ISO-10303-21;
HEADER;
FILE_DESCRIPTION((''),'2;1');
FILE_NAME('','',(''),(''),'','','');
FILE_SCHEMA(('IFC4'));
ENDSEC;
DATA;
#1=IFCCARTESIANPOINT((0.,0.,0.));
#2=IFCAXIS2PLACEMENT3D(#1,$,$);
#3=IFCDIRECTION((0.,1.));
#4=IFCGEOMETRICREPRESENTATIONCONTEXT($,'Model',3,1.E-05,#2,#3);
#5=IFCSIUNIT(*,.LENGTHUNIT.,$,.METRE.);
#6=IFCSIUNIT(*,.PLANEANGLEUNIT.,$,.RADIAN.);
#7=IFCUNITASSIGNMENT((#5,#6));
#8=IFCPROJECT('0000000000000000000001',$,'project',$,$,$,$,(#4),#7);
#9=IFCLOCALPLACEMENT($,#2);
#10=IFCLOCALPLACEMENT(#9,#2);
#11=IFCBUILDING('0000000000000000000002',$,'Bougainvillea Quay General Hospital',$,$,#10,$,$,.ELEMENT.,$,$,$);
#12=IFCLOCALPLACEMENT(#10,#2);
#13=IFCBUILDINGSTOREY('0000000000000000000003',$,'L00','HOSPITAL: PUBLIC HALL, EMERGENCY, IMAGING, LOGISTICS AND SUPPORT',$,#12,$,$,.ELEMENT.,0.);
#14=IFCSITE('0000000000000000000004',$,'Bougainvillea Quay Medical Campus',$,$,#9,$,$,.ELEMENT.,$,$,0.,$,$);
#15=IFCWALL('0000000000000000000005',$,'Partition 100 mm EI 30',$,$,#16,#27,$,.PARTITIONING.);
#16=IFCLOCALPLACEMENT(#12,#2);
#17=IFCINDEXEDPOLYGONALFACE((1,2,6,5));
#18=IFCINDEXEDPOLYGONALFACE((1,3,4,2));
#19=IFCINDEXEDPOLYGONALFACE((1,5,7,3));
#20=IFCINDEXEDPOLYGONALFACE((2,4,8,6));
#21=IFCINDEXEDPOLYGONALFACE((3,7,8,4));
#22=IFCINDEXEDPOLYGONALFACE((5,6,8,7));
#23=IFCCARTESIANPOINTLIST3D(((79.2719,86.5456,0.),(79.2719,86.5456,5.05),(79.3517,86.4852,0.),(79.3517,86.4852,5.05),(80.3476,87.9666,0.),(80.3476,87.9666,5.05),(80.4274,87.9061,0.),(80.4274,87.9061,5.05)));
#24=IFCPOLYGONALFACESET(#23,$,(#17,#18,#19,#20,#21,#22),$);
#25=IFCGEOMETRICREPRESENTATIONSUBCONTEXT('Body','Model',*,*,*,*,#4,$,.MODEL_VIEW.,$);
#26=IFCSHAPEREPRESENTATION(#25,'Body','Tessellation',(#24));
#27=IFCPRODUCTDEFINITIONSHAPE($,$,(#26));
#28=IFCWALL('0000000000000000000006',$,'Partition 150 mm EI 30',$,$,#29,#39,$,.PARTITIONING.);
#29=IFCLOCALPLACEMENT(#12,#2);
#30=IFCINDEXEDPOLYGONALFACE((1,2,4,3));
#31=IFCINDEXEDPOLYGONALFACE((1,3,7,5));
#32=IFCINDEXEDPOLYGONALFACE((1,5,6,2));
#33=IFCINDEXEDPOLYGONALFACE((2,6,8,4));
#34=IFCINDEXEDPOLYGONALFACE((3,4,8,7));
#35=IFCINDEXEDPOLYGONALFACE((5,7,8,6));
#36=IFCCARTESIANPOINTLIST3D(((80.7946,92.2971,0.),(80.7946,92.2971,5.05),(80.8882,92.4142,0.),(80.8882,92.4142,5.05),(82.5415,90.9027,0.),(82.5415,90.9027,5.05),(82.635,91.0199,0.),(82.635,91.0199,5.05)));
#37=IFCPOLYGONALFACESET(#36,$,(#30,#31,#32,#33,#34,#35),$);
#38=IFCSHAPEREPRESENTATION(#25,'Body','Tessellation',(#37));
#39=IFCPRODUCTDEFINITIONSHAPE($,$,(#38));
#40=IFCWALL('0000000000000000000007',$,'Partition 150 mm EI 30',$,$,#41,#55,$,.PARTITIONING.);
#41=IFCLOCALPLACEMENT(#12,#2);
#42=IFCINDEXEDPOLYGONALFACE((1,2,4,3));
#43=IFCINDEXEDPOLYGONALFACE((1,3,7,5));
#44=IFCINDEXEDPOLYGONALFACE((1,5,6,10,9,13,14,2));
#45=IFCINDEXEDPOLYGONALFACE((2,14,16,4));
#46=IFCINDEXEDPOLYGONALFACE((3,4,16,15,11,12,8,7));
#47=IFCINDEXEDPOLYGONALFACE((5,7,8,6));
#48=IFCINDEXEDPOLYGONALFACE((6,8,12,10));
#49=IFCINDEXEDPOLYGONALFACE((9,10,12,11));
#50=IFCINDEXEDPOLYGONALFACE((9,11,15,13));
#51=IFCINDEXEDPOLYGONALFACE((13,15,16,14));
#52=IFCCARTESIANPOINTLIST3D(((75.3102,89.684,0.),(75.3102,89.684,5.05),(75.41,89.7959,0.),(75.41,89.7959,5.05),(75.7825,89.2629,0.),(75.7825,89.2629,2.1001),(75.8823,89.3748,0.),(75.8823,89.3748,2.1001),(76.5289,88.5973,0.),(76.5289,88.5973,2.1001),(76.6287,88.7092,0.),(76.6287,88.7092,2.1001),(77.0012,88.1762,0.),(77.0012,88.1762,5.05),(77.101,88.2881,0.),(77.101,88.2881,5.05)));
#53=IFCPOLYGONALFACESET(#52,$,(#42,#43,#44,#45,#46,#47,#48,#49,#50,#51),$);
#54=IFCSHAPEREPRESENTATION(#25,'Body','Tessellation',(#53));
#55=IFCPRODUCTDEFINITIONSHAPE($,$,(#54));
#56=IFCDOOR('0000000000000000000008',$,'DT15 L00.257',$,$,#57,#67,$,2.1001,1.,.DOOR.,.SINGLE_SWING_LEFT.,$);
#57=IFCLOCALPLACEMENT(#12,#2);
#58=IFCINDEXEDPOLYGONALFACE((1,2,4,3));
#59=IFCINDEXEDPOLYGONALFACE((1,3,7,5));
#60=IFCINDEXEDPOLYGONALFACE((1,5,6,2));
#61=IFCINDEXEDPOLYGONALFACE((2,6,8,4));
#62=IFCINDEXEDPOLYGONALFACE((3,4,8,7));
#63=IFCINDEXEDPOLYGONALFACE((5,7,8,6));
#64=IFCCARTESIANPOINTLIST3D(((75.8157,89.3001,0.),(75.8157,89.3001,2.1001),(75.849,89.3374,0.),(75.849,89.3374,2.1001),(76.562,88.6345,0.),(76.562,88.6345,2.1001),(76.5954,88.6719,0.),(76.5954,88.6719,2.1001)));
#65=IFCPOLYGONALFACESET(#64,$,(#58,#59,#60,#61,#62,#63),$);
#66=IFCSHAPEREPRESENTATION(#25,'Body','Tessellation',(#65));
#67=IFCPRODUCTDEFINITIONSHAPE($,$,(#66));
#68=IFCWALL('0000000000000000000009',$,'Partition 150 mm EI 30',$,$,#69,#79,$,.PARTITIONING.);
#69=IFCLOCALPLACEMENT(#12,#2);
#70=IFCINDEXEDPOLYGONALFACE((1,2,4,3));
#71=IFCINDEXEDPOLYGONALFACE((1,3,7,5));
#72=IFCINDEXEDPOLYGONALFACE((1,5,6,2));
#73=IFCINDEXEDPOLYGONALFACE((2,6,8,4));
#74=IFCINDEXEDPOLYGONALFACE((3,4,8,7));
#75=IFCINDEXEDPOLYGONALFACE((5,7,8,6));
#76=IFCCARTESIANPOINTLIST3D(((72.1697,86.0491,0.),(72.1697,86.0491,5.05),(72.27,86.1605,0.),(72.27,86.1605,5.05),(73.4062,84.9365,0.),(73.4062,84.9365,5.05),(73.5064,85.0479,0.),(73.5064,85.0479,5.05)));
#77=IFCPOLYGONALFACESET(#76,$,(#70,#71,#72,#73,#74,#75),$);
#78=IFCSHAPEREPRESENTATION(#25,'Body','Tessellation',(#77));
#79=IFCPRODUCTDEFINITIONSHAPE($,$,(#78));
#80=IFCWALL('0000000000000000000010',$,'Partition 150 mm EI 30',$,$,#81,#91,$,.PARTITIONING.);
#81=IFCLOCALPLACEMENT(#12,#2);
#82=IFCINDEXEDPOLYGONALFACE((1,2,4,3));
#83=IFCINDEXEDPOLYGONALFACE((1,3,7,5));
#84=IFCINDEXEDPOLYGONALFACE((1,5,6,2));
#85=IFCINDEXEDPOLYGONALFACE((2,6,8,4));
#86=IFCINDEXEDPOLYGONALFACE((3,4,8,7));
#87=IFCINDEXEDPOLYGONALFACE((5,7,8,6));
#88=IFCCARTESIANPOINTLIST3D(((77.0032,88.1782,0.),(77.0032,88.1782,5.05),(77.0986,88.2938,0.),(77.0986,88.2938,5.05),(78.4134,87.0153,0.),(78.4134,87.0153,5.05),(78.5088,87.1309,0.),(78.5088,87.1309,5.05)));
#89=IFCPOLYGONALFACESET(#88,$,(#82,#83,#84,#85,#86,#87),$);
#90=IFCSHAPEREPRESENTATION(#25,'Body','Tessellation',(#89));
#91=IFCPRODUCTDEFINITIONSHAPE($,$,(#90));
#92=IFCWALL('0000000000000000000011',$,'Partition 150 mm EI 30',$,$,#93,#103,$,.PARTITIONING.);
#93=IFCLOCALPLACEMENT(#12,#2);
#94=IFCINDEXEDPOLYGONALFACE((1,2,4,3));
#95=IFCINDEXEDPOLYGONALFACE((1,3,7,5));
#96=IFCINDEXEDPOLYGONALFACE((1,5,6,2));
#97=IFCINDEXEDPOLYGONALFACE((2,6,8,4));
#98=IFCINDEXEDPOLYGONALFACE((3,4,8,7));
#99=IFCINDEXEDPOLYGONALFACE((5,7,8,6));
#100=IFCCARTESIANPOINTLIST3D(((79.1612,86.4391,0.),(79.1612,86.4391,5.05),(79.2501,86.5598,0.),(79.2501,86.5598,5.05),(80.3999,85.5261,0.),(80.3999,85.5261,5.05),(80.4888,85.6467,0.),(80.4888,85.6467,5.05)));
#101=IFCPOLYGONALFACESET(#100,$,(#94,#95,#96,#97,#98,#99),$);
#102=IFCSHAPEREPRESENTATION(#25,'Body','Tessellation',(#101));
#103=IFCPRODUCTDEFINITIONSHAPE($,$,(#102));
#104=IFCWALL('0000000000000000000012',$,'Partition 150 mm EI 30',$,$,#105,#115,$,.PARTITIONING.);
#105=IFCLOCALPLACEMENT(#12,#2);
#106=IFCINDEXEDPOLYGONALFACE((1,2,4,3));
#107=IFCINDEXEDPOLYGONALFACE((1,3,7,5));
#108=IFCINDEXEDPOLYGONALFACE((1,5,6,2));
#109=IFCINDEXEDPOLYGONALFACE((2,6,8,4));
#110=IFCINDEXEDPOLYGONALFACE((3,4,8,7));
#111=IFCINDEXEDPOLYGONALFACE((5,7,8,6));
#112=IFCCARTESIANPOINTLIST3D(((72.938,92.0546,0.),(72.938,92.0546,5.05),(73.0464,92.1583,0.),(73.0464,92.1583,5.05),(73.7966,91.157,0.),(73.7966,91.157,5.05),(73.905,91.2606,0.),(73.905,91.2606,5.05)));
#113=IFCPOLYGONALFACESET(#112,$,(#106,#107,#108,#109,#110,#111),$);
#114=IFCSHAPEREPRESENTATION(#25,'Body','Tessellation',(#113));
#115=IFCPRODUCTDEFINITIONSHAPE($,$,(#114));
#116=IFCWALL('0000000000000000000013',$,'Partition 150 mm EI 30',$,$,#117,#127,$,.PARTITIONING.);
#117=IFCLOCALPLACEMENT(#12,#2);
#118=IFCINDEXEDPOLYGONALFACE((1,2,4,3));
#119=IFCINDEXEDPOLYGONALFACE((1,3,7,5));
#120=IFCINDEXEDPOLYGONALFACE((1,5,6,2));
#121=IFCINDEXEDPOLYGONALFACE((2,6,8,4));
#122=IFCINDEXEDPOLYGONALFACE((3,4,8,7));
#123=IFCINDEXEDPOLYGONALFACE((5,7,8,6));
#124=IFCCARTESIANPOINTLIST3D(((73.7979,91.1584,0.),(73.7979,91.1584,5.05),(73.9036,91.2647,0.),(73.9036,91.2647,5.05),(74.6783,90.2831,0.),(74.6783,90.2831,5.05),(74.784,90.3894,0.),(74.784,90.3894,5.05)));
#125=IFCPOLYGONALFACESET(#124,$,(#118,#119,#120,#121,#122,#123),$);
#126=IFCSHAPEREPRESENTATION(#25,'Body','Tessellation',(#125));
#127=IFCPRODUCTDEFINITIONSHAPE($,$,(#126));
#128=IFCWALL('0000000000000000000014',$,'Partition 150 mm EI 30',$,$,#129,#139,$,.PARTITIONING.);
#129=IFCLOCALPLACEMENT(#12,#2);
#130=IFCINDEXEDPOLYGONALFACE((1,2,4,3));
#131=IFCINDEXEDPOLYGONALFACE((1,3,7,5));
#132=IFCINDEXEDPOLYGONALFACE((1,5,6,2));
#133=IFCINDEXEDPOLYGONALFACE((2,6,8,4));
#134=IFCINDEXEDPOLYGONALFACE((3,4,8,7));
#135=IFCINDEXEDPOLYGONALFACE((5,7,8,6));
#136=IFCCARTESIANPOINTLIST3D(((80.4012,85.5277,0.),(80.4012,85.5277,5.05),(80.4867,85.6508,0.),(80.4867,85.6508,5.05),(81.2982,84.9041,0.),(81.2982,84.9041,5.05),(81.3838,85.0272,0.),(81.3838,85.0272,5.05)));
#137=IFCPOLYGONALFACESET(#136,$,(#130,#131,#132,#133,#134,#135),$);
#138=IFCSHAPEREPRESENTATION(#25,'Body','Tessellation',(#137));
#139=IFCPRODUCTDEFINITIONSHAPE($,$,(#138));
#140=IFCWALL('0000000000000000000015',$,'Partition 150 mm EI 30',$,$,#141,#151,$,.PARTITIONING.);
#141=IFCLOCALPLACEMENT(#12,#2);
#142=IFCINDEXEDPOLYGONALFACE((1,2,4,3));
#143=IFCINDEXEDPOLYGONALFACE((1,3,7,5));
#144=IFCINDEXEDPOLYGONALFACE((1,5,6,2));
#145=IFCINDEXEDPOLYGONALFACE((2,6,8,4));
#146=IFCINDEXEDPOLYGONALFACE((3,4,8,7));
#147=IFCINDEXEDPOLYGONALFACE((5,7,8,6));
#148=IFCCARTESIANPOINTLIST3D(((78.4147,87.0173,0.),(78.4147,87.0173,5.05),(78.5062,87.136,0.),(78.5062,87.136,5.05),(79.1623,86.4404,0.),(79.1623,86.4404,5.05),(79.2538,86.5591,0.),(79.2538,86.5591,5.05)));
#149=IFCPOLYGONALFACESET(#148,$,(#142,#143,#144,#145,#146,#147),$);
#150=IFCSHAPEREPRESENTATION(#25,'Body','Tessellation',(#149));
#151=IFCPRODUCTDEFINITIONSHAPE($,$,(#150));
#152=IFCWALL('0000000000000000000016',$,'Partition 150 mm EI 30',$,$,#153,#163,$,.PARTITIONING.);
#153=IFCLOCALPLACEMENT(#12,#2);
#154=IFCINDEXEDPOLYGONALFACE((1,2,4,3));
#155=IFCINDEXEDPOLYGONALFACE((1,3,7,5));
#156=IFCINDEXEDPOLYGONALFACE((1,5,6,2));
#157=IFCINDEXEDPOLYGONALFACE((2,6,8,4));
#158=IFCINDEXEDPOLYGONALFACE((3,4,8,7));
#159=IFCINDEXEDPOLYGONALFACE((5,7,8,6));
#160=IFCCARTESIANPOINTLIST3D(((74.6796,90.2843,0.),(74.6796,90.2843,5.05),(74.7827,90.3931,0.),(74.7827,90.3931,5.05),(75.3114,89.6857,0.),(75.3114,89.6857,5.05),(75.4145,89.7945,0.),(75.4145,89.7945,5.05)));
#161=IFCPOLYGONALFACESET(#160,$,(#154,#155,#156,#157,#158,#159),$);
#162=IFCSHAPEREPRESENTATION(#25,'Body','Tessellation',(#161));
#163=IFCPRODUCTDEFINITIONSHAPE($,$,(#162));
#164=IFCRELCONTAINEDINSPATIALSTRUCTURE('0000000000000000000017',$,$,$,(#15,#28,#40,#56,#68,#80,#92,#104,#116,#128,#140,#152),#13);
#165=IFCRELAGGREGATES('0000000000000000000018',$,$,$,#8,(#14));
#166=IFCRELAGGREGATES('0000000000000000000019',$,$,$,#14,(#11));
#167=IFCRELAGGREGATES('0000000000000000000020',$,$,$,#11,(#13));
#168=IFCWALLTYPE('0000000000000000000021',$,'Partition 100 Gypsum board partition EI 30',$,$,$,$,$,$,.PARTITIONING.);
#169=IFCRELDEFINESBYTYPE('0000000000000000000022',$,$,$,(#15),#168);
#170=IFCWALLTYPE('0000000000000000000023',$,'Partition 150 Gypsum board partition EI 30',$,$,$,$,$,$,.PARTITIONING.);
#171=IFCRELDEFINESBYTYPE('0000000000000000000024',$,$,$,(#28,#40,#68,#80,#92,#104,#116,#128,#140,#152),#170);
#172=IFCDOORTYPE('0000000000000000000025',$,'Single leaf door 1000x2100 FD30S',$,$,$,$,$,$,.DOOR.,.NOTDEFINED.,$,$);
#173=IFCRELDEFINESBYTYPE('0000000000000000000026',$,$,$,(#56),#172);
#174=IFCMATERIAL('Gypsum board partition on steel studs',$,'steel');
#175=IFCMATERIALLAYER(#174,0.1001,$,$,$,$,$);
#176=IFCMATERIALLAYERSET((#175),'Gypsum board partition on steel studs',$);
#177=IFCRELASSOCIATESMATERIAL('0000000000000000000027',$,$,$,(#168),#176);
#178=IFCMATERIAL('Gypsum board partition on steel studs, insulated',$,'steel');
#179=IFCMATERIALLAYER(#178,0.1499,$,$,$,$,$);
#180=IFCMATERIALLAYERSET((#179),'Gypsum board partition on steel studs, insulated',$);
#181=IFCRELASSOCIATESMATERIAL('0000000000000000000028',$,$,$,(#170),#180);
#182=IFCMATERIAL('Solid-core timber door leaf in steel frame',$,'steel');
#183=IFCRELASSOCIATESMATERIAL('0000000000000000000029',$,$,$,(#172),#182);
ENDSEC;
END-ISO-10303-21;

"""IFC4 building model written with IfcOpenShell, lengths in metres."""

from ifc_helpers import new_model, si_unit, direction, frame, frame_2d, origin, place, context, subcontext, project, spatial, rectangle, extrude, material, layer, layer_set, type_object, element, fill, save


model = new_model("IFC4")

# Units and contexts
model_context = context("Model", 3, precision=1e-05, world=origin(), true_north=direction((0.0, 1.0)))
body_context = subcontext(model_context, "Body", "Model", "MODEL_VIEW")
ifc_project = project(units=[si_unit("LENGTHUNIT", "METRE"), si_unit("PLANEANGLEUNIT", "RADIAN")], contexts=[model_context])

# Site, building, storey
site_placement = place(None, origin())
site = spatial("IfcSite", under=ifc_project, at=site_placement, Name="Bougainvillea Quay Medical Campus", CompositionType="ELEMENT", RefElevation=0.0)
building_placement = place(site_placement, origin())
building = spatial("IfcBuilding", under=site, at=building_placement, Name="Bougainvillea Quay General Hospital", CompositionType="ELEMENT")
storey_placement = place(building_placement, origin())
storey = spatial("IfcBuildingStorey", under=building, at=storey_placement, Name="L00", Description="HOSPITAL: PUBLIC HALL, EMERGENCY, IMAGING, LOGISTICS AND SUPPORT", CompositionType="ELEMENT", Elevation=0.0)

# Walls
ifc_material_1 = material(Name="Gypsum board partition on steel studs", Category="steel")
ifc_layer_1 = layer(ifc_material_1, 0.1001)
ifc_layer_set_1 = layer_set([ifc_layer_1], Name="Gypsum board partition on steel studs")
wall_type_1 = type_object("IfcWallType", Name="Partition 100 Gypsum board partition EI 30", PredefinedType="PARTITIONING", material=ifc_layer_set_1)
wall_1_placement = place(storey_placement, frame((79.3118, 86.5154, 0.0), z_axis=(0.0, 0.0, 1.0), x_axis=(0.603589, 0.797296, 0.0)))
element("IfcWall", 1, at=wall_1_placement, inside=storey, type_object=wall_type_1, Name="Partition 100 mm EI 30", PredefinedType="PARTITIONING", context=body_context, shape_type="SweptSolid", body=[
    extrude(rectangle(XDim=1.7822, YDim=0.1001, at=frame_2d((0.8911, 0.0))), origin(), (0.0, 0.0, 1.0), 5.05),
])
ifc_material_2 = material(Name="Gypsum board partition on steel studs, insulated", Category="steel")
ifc_layer_2 = layer(ifc_material_2, 0.1499)
ifc_layer_set_2 = layer_set([ifc_layer_2], Name="Gypsum board partition on steel studs, insulated")
wall_type_2 = type_object("IfcWallType", Name="Partition 150 Gypsum board partition EI 30", PredefinedType="PARTITIONING", material=ifc_layer_set_2)
wall_2_placement = place(storey_placement, frame((80.8413, 92.3557, 0.0), z_axis=(0.0, 0.0, 1.0), x_axis=(0.781561, -0.623829, 0.0)))
element("IfcWall", 2, at=wall_2_placement, inside=storey, type_object=wall_type_2, Name="Partition 150 mm EI 30", PredefinedType="PARTITIONING", context=body_context, shape_type="SweptSolid", body=[
    extrude(rectangle(XDim=2.2351, YDim=0.1499, at=frame_2d((1.1177, 0.0))), origin(), (0.0, 0.0, 1.0), 5.05),
])

# Wall, opening, door
wall_3_placement = place(storey_placement, frame((75.3601, 89.74, 0.0), z_axis=(0.0, 0.0, 1.0), x_axis=(0.746362, -0.66554, 0.0)))
wall_3 = element("IfcWall", 3, at=wall_3_placement, inside=storey, type_object=wall_type_2, Name="Partition 150 mm EI 30", PredefinedType="PARTITIONING", context=body_context, shape_type="SweptSolid", body=[
    extrude(rectangle(XDim=2.2656, YDim=0.1499, at=frame_2d((1.1328, 0.0))), origin(), (0.0, 0.0, 1.0), 5.05),
])
opening_1_placement = place(wall_3_placement, frame((0.6328, 0.0, 0.0)))
opening_1 = element("IfcOpeningElement", 4, at=opening_1_placement, cuts=wall_3, PredefinedType="OPENING", context=body_context, shape_type="SweptSolid", body=[
    extrude(rectangle(XDim=1.0, YDim=2.1001, at=frame_2d((0.5, 1.05))), frame((0.0, 0.085, 0.0), z_axis=(0.0, -1.0, 0.0), x_axis=(1.0, 0.0, 0.0)), (0.0, 0.0, 1.0), 0.1699),
])
ifc_material_3 = material(Name="Solid-core timber door leaf in steel frame", Category="steel")
door_type_1 = type_object("IfcDoorType", Name="Single leaf door 1000x2100 FD30S", OperationType="NOTDEFINED", PredefinedType="DOOR", material=ifc_material_3)
door_1_placement = place(opening_1_placement, origin())
door_1 = element("IfcDoor", 5, at=door_1_placement, inside=storey, type_object=door_type_1, Name="DT15 L00.257", OperationType="SINGLE_SWING_LEFT", OverallHeight=2.1001, OverallWidth=1.0, PredefinedType="DOOR", context=body_context, shape_type="SweptSolid", body=[
    extrude(rectangle(XDim=1.0, YDim=2.1001, at=frame_2d((0.5, 1.05))), frame((0.0, 0.0249, 0.0), z_axis=(0.0, -1.0, 0.0), x_axis=(1.0, 0.0, 0.0)), (0.0, 0.0, 1.0), 0.05),
])
fill(opening_1, door_1)

# Walls
wall_4_placement = place(storey_placement, frame((72.22, 86.1047, 0.0), z_axis=(0.0, 0.0, 1.0), x_axis=(0.743338, -0.668916, 0.0)))
element("IfcWall", 6, at=wall_4_placement, inside=storey, type_object=wall_type_2, Name="Partition 150 mm EI 30", PredefinedType="PARTITIONING", context=body_context, shape_type="SweptSolid", body=[
    extrude(rectangle(XDim=1.6633, YDim=0.1499, at=frame_2d((0.8315, 0.0))), origin(), (0.0, 0.0, 1.0), 5.05),
])
wall_5_placement = place(storey_placement, frame((77.0508, 88.2361, 0.0), z_axis=(0.0, 0.0, 1.0), x_axis=(0.771518, -0.636208, 0.0)))
element("IfcWall", 7, at=wall_5_placement, inside=storey, type_object=wall_type_2, Name="Partition 150 mm EI 30", PredefinedType="PARTITIONING", context=body_context, shape_type="SweptSolid", body=[
    extrude(rectangle(XDim=1.8279, YDim=0.1499, at=frame_2d((0.9141, 0.0))), origin(), (0.0, 0.0, 1.0), 5.05),
])
wall_6_placement = place(storey_placement, frame((79.2056, 86.4995, 0.0), z_axis=(0.0, 0.0, 1.0), x_axis=(0.80496, -0.593329, 0.0)))
element("IfcWall", 8, at=wall_6_placement, inside=storey, type_object=wall_type_2, Name="Partition 150 mm EI 30", PredefinedType="PARTITIONING", context=body_context, shape_type="SweptSolid", body=[
    extrude(rectangle(XDim=1.5388, YDim=0.1499, at=frame_2d((0.7695, 0.0))), origin(), (0.0, 0.0, 1.0), 5.05),
])
wall_7_placement = place(storey_placement, frame((72.9922, 92.1064, 0.0), z_axis=(0.0, 0.0, 1.0), x_axis=(0.691209, -0.722655, 0.0)))
element("IfcWall", 9, at=wall_7_placement, inside=storey, type_object=wall_type_2, Name="Partition 150 mm EI 30", PredefinedType="PARTITIONING", context=body_context, shape_type="SweptSolid", body=[
    extrude(rectangle(XDim=1.2422, YDim=0.1499, at=frame_2d((0.6211, 0.0))), origin(), (0.0, 0.0, 1.0), 5.05),
])
wall_8_placement = place(storey_placement, frame((73.8508, 91.2114, 0.0), z_axis=(0.0, 0.0, 1.0), x_axis=(0.709169, -0.705039, 0.0)))
element("IfcWall", 10, at=wall_8_placement, inside=storey, type_object=wall_type_2, Name="Partition 150 mm EI 30", PredefinedType="PARTITIONING", context=body_context, shape_type="SweptSolid", body=[
    extrude(rectangle(XDim=1.2415, YDim=0.1499, at=frame_2d((0.6206, 0.0))), origin(), (0.0, 0.0, 1.0), 5.05),
])
wall_9_placement = place(storey_placement, frame((80.4438, 85.5894, 0.0), z_axis=(0.0, 0.0, 1.0), x_axis=(0.821096, -0.570789, 0.0)))
element("IfcWall", 11, at=wall_9_placement, inside=storey, type_object=wall_type_2, Name="Partition 150 mm EI 30", PredefinedType="PARTITIONING", context=body_context, shape_type="SweptSolid", body=[
    extrude(rectangle(XDim=1.0925, YDim=0.1499, at=frame_2d((0.5464, 0.0))), origin(), (0.0, 0.0, 1.0), 5.05),
])
wall_10_placement = place(storey_placement, frame((78.4604, 87.0767, 0.0), z_axis=(0.0, 0.0, 1.0), x_axis=(0.791671, -0.610947, 0.0)))
element("IfcWall", 12, at=wall_10_placement, inside=storey, type_object=wall_type_2, Name="Partition 150 mm EI 30", PredefinedType="PARTITIONING", context=body_context, shape_type="SweptSolid", body=[
    extrude(rectangle(XDim=0.9443, YDim=0.1499, at=frame_2d((0.4722, 0.0))), origin(), (0.0, 0.0, 1.0), 5.05),
])
wall_11_placement = place(storey_placement, frame((74.7312, 90.3386, 0.0), z_axis=(0.0, 0.0, 1.0), x_axis=(0.725923, -0.687776, 0.0)))
element("IfcWall", 13, at=wall_11_placement, inside=storey, type_object=wall_type_2, Name="Partition 150 mm EI 30", PredefinedType="PARTITIONING", context=body_context, shape_type="SweptSolid", body=[
    extrude(rectangle(XDim=0.8704, YDim=0.1499, at=frame_2d((0.4351, 0.0))), origin(), (0.0, 0.0, 1.0), 5.05),
])

save(model, "model.ifc")
